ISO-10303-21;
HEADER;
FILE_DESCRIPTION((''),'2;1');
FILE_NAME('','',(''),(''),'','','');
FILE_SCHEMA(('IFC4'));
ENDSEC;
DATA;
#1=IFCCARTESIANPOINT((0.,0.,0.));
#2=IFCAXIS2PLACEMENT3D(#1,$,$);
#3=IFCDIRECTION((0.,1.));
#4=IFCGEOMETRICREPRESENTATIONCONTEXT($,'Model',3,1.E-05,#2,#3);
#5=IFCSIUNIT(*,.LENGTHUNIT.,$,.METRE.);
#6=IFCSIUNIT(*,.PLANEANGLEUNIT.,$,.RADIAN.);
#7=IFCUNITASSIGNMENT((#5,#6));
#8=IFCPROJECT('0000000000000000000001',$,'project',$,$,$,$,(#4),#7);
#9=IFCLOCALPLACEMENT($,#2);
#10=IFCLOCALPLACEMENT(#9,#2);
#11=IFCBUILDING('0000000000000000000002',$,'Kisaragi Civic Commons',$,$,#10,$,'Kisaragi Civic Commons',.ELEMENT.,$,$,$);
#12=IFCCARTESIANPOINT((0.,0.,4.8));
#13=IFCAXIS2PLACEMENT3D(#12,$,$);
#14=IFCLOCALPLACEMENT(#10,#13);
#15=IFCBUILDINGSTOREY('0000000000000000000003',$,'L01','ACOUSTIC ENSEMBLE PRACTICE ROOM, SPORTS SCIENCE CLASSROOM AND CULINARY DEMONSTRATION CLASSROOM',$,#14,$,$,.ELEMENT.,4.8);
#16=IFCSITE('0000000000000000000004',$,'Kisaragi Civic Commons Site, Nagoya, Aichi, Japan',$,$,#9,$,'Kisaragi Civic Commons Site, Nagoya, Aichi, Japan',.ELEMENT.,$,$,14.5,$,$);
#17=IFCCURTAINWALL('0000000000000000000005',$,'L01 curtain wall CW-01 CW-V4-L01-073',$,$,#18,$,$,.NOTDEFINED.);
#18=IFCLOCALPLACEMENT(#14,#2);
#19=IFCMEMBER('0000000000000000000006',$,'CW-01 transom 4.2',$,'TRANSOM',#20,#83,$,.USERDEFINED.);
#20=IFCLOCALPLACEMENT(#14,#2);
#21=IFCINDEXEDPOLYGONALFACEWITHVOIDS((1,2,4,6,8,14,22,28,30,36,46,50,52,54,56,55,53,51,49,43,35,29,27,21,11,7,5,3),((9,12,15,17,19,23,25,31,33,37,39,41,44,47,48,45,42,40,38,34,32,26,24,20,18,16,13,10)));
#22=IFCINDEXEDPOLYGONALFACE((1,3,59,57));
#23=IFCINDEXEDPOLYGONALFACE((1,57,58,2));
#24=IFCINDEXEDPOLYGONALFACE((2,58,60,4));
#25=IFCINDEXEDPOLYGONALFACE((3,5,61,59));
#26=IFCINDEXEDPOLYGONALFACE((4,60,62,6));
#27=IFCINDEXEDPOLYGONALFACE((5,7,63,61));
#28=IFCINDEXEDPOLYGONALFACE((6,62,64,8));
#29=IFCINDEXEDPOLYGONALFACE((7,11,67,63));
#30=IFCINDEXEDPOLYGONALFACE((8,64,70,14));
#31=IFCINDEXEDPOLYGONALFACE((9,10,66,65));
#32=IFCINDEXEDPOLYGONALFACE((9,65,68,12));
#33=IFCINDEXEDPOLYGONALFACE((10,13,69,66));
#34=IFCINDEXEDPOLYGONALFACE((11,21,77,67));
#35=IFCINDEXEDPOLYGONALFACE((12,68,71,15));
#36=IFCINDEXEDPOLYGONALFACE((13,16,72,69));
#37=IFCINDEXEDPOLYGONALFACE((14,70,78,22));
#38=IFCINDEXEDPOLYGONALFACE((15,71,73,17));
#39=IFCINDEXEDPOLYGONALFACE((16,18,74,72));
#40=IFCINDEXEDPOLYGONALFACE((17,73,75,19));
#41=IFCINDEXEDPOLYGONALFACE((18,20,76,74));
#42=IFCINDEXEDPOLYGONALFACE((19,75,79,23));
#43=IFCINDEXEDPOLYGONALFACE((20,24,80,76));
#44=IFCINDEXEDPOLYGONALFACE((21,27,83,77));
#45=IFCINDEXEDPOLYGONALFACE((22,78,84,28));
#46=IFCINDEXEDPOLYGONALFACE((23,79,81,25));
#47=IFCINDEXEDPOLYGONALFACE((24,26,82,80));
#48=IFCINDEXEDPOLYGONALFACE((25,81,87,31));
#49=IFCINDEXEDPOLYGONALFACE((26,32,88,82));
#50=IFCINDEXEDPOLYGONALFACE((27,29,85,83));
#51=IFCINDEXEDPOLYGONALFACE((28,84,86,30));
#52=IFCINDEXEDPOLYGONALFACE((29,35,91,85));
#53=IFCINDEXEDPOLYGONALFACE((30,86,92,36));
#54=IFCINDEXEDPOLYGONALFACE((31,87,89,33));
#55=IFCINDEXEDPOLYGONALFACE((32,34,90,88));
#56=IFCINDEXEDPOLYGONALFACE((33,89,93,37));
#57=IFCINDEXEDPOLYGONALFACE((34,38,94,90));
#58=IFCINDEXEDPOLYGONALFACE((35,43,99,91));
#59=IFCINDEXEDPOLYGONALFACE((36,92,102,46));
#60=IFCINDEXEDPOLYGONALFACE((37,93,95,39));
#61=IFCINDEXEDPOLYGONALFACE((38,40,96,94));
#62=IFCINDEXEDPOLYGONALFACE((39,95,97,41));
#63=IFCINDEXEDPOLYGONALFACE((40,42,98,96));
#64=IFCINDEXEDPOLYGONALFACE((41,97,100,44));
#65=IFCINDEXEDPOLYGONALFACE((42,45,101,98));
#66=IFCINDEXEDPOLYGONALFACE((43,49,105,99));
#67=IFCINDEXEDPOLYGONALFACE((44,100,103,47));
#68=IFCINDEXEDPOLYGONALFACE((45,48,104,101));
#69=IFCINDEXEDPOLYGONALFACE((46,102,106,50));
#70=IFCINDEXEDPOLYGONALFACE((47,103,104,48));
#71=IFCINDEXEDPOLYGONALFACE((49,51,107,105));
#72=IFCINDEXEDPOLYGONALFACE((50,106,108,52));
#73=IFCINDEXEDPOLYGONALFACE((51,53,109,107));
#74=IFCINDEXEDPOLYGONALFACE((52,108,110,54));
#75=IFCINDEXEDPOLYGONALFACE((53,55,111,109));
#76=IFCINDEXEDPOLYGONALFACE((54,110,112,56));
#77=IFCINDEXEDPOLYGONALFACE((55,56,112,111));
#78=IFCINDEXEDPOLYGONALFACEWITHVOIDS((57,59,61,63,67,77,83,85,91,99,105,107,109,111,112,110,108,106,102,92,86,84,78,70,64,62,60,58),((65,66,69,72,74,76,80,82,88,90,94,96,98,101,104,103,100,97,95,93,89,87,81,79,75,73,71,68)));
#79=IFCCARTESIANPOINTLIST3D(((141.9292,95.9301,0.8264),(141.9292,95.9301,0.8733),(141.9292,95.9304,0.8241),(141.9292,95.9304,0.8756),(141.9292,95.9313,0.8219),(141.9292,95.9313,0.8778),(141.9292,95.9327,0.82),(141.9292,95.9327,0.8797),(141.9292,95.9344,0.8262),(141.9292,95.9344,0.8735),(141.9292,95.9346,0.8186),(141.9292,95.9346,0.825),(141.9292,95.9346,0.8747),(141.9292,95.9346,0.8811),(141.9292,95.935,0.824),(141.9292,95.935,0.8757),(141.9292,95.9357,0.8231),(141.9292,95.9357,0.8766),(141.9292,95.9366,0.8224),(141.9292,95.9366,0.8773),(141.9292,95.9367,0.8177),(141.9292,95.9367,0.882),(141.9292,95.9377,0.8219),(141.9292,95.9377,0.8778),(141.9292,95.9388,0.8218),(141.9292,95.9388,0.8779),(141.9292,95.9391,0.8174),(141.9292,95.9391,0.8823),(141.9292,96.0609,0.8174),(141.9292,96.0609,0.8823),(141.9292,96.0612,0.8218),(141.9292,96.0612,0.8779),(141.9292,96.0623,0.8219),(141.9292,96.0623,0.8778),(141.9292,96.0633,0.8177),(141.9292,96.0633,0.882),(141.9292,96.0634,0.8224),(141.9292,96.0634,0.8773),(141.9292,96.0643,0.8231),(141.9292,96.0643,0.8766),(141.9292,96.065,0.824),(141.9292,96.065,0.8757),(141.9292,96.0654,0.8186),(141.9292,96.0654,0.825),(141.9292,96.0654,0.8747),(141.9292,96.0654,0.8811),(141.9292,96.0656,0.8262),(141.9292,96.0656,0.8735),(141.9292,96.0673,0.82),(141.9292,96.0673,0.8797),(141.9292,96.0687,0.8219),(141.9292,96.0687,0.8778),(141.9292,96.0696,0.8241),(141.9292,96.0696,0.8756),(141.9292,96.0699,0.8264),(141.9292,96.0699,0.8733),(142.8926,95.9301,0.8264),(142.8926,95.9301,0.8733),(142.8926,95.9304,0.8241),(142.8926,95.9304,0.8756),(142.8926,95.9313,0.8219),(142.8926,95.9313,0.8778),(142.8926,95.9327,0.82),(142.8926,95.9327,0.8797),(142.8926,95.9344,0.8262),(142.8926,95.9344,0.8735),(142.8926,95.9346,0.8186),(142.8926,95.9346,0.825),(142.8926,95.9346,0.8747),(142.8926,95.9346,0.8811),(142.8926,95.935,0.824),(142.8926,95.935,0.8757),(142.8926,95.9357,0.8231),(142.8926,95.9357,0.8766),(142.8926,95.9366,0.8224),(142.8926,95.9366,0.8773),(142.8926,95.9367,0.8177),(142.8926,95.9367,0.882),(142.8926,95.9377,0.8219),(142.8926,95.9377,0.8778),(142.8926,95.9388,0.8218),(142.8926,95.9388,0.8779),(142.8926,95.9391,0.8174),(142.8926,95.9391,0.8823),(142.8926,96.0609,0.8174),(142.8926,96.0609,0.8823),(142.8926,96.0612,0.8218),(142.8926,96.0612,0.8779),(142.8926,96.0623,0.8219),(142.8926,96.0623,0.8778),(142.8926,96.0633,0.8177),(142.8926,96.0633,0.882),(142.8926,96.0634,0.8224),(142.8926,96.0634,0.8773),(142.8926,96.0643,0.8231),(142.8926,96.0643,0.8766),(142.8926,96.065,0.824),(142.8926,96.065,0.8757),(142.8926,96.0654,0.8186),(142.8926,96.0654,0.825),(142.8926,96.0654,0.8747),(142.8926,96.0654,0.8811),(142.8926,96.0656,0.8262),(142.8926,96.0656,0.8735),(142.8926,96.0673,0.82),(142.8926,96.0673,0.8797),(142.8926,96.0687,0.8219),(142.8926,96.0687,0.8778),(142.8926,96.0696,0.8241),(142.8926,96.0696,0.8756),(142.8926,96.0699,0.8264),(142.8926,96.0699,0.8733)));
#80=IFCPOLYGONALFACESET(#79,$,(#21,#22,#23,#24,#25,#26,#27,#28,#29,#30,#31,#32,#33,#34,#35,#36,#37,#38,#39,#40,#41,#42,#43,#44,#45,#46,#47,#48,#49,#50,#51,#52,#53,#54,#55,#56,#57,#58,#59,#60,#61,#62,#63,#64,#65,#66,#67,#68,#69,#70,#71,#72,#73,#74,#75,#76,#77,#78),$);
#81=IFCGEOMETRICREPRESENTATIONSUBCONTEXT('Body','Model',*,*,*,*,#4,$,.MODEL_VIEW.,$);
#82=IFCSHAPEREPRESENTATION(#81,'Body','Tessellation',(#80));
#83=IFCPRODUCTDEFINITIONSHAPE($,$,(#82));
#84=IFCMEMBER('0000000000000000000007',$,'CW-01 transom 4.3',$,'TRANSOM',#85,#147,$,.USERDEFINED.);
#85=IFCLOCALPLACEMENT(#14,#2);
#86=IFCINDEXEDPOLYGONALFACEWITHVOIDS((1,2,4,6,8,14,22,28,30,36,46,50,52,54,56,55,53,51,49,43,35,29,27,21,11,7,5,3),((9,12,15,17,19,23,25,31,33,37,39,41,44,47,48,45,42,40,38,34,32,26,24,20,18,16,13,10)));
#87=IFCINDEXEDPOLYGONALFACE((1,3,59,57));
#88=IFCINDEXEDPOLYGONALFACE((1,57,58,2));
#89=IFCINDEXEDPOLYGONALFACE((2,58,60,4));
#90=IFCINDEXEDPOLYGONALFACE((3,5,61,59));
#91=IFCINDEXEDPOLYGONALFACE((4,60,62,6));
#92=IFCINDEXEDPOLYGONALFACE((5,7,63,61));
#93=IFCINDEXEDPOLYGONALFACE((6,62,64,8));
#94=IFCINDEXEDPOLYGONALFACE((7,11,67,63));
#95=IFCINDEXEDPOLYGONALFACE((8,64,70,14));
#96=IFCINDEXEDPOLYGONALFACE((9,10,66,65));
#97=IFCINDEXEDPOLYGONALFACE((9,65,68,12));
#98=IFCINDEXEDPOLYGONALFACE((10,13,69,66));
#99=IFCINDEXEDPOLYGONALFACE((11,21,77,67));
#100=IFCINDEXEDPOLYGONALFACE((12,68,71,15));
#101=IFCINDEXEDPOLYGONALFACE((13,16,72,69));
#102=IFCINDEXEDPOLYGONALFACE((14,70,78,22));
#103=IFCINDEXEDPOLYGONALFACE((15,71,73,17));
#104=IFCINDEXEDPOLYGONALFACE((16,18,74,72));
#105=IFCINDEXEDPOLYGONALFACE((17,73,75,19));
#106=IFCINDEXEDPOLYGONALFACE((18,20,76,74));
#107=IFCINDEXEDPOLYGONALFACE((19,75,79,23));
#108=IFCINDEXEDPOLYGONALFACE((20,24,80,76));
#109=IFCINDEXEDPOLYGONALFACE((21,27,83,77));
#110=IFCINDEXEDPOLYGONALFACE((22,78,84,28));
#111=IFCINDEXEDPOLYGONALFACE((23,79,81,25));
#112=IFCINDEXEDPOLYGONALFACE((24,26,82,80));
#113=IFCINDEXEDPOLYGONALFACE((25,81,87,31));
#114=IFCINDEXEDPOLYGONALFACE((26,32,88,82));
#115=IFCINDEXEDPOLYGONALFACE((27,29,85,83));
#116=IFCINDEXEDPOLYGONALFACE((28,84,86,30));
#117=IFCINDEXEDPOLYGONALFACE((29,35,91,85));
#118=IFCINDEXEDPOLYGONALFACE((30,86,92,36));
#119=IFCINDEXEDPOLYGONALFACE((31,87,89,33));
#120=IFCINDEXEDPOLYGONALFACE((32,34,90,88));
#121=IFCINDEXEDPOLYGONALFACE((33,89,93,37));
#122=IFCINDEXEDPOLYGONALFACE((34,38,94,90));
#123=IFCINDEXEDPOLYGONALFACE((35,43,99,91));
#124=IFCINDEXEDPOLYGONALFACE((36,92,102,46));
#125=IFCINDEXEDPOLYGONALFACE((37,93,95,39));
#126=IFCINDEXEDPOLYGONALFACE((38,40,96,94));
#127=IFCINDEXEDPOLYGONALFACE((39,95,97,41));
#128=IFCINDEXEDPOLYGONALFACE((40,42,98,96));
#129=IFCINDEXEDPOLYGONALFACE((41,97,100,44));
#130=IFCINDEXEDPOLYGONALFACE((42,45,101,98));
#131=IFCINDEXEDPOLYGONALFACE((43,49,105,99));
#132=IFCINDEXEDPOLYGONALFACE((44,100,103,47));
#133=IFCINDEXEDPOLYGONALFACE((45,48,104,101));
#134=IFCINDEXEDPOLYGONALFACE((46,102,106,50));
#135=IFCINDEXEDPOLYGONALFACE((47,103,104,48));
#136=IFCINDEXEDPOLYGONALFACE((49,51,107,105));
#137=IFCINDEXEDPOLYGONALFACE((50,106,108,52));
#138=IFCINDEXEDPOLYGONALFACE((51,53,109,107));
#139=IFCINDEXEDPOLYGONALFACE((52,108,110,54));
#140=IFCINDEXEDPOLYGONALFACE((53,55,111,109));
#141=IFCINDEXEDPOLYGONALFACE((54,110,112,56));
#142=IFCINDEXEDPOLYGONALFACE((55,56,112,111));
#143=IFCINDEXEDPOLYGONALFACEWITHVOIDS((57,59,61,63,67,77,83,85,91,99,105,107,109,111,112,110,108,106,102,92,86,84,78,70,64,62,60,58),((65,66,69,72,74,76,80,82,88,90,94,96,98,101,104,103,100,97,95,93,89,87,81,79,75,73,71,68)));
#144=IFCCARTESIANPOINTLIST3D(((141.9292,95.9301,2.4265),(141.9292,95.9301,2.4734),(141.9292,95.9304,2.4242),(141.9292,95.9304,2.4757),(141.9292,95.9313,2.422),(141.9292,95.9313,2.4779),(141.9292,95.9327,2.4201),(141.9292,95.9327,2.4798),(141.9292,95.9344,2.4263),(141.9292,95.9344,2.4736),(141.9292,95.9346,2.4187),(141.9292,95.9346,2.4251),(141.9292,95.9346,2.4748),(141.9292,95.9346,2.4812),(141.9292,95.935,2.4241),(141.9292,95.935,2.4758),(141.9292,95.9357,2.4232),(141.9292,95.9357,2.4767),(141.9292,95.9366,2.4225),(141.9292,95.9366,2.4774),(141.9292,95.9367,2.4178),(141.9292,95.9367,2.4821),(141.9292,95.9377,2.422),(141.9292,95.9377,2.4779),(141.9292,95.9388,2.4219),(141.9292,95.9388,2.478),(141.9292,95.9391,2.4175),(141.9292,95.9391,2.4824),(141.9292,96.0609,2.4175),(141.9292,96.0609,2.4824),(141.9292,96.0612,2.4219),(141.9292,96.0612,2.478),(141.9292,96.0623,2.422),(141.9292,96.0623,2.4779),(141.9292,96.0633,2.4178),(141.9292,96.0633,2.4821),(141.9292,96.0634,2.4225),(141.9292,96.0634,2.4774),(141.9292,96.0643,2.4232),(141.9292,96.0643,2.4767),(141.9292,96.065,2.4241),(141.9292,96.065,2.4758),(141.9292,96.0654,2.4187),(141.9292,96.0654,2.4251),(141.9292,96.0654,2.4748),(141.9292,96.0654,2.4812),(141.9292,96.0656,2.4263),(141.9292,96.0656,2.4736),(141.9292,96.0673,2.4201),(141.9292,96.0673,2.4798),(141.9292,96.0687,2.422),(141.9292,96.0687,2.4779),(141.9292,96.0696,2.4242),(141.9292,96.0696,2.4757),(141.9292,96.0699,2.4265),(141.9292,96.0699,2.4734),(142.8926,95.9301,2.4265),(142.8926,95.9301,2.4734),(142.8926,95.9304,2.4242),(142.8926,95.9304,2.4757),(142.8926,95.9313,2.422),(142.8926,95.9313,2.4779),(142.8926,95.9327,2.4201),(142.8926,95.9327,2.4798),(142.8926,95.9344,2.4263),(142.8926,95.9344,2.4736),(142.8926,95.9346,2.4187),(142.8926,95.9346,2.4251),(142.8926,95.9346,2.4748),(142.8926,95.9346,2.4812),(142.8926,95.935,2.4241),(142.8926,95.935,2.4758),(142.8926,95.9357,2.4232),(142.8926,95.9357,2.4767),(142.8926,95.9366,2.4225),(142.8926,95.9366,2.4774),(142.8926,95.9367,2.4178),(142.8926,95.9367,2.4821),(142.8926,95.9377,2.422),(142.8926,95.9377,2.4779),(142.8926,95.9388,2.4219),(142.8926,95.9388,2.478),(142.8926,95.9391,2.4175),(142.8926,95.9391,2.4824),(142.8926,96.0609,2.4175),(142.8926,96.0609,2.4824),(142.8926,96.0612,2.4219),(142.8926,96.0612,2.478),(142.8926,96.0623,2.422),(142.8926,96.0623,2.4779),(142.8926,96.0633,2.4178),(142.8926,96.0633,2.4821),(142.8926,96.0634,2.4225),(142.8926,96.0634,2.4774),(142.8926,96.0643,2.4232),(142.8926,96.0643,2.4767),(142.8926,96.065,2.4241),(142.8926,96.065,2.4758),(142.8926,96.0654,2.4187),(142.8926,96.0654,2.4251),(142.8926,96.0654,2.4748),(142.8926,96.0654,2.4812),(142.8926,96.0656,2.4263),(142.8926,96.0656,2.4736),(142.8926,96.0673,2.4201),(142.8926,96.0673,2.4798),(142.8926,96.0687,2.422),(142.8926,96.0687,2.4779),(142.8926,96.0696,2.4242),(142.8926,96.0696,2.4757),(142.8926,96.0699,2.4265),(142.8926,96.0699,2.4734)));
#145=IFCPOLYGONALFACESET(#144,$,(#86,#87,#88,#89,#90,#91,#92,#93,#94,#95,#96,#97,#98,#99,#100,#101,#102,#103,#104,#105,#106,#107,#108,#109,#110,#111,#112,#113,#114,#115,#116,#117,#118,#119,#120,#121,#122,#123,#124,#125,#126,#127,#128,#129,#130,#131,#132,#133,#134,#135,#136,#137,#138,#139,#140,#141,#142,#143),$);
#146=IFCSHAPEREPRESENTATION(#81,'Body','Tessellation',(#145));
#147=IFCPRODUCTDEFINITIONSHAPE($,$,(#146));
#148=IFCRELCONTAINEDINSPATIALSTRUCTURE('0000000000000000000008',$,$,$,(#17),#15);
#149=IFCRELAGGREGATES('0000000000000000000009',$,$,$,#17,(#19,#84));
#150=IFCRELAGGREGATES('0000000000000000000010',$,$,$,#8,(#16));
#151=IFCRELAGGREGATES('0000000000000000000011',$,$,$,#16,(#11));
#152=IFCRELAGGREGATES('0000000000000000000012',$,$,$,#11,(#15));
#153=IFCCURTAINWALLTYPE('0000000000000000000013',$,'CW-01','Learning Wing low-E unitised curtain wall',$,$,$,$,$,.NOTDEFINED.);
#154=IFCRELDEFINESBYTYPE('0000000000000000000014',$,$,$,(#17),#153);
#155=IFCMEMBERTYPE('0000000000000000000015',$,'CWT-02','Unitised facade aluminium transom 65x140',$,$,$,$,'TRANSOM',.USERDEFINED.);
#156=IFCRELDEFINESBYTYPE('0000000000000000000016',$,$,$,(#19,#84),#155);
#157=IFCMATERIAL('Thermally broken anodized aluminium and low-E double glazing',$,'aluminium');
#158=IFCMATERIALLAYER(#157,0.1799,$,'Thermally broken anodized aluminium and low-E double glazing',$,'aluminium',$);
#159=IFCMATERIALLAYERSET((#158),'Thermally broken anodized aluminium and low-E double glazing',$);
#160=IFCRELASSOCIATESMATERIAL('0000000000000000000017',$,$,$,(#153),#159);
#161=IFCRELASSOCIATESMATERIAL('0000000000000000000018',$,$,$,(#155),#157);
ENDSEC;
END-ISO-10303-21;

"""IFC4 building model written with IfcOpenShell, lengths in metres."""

from ifc_helpers import new_model, si_unit, direction, frame, origin, origin_2d, place, context, subcontext, project, spatial, hollow_rectangle, extrude, material, layer, layer_set, material_profile, profile_set, type_object, element, aggregate, save


model = new_model("IFC4")

# Units and contexts
model_context = context("Model", 3, precision=1e-05, world=origin(), true_north=direction((0.0, 1.0)))
body_context = subcontext(model_context, "Body", "Model", "MODEL_VIEW")
ifc_project = project(units=[si_unit("LENGTHUNIT", "METRE"), si_unit("PLANEANGLEUNIT", "RADIAN")], contexts=[model_context])

# Site, building, storey
site_placement = place(None, origin())
site = spatial("IfcSite", under=ifc_project, at=site_placement, Name="Kisaragi Civic Commons Site, Nagoya, Aichi, Japan", LongName="Kisaragi Civic Commons Site, Nagoya, Aichi, Japan", CompositionType="ELEMENT", RefElevation=14.5)
building_placement = place(site_placement, origin())
building = spatial("IfcBuilding", under=site, at=building_placement, Name="Kisaragi Civic Commons", LongName="Kisaragi Civic Commons", CompositionType="ELEMENT")
storey_placement = place(building_placement, frame((0.0, 0.0, 4.8)))
storey = spatial("IfcBuildingStorey", under=building, at=storey_placement, Name="L01", Description="ACOUSTIC ENSEMBLE PRACTICE ROOM, SPORTS SCIENCE CLASSROOM AND CULINARY DEMONSTRATION CLASSROOM", CompositionType="ELEMENT", Elevation=4.8)

# Curtain wall, members
ifc_material = material(Name="Thermally broken anodized aluminium and low-E double glazing", Category="aluminium")
ifc_layer_1 = layer(ifc_material, 0.1799, Name="Thermally broken anodized aluminium and low-E double glazing", Category="aluminium")
ifc_layer_set_1 = layer_set([ifc_layer_1], Name="Thermally broken anodized aluminium and low-E double glazing")
curtain_wall_type = type_object("IfcCurtainWallType", Name="CW-01", Description="Learning Wing low-E unitised curtain wall", PredefinedType="NOTDEFINED", material=ifc_layer_set_1)
curtain_wall_placement = place(storey_placement, origin())
curtain_wall = element("IfcCurtainWall", 1, at=curtain_wall_placement, inside=storey, type_object=curtain_wall_type, Name="L01 curtain wall CW-01 CW-V4-L01-073", PredefinedType="NOTDEFINED")
ifc_material_profile_1 = material_profile(ifc_material, hollow_rectangle(XDim=0.1399, YDim=0.0649, WallThickness=0.0044, InnerFilletRadius=0.0044, OuterFilletRadius=0.009, at=origin_2d()), Name="CWT-65x140x4.5", Category="aluminium")
ifc_profile_set_1 = profile_set([ifc_material_profile_1], Name="Thermally broken anodized aluminium and low-E double glazing")
member_type_1 = type_object("IfcMemberType", Name="CWT-02", Description="Unitised facade aluminium transom 65x140", ElementType="TRANSOM", PredefinedType="USERDEFINED", material=ifc_profile_set_1)
member_1_placement = place(storey_placement, frame((142.8926, 96.0, 0.8499), z_axis=(-1.0, 0.0, 0.0), x_axis=(0.0, -1.0, 0.0)))
member_1 = element("IfcMember", 2, at=member_1_placement, type_object=member_type_1, Name="CW-01 transom 4.2", ObjectType="TRANSOM", PredefinedType="USERDEFINED", context=body_context, shape_type="SweptSolid", body=[
    extrude(hollow_rectangle(XDim=0.1399, YDim=0.0649, WallThickness=0.0044, InnerFilletRadius=0.0044, OuterFilletRadius=0.009, at=origin_2d()), origin(), (0.0, 0.0, 1.0), 0.9634),
])
member_2_placement = place(storey_placement, frame((142.8926, 96.0, 2.45), z_axis=(-1.0, 0.0, 0.0), x_axis=(0.0, -1.0, 0.0)))
member_2 = element("IfcMember", 3, at=member_2_placement, type_object=member_type_1, Name="CW-01 transom 4.3", ObjectType="TRANSOM", PredefinedType="USERDEFINED", context=body_context, shape_type="SweptSolid", body=[
    extrude(hollow_rectangle(XDim=0.1399, YDim=0.0649, WallThickness=0.0044, InnerFilletRadius=0.0044, OuterFilletRadius=0.009, at=origin_2d()), origin(), (0.0, 0.0, 1.0), 0.9634),
])
aggregate(curtain_wall, [member_1, member_2])

save(model, "model.ifc")
